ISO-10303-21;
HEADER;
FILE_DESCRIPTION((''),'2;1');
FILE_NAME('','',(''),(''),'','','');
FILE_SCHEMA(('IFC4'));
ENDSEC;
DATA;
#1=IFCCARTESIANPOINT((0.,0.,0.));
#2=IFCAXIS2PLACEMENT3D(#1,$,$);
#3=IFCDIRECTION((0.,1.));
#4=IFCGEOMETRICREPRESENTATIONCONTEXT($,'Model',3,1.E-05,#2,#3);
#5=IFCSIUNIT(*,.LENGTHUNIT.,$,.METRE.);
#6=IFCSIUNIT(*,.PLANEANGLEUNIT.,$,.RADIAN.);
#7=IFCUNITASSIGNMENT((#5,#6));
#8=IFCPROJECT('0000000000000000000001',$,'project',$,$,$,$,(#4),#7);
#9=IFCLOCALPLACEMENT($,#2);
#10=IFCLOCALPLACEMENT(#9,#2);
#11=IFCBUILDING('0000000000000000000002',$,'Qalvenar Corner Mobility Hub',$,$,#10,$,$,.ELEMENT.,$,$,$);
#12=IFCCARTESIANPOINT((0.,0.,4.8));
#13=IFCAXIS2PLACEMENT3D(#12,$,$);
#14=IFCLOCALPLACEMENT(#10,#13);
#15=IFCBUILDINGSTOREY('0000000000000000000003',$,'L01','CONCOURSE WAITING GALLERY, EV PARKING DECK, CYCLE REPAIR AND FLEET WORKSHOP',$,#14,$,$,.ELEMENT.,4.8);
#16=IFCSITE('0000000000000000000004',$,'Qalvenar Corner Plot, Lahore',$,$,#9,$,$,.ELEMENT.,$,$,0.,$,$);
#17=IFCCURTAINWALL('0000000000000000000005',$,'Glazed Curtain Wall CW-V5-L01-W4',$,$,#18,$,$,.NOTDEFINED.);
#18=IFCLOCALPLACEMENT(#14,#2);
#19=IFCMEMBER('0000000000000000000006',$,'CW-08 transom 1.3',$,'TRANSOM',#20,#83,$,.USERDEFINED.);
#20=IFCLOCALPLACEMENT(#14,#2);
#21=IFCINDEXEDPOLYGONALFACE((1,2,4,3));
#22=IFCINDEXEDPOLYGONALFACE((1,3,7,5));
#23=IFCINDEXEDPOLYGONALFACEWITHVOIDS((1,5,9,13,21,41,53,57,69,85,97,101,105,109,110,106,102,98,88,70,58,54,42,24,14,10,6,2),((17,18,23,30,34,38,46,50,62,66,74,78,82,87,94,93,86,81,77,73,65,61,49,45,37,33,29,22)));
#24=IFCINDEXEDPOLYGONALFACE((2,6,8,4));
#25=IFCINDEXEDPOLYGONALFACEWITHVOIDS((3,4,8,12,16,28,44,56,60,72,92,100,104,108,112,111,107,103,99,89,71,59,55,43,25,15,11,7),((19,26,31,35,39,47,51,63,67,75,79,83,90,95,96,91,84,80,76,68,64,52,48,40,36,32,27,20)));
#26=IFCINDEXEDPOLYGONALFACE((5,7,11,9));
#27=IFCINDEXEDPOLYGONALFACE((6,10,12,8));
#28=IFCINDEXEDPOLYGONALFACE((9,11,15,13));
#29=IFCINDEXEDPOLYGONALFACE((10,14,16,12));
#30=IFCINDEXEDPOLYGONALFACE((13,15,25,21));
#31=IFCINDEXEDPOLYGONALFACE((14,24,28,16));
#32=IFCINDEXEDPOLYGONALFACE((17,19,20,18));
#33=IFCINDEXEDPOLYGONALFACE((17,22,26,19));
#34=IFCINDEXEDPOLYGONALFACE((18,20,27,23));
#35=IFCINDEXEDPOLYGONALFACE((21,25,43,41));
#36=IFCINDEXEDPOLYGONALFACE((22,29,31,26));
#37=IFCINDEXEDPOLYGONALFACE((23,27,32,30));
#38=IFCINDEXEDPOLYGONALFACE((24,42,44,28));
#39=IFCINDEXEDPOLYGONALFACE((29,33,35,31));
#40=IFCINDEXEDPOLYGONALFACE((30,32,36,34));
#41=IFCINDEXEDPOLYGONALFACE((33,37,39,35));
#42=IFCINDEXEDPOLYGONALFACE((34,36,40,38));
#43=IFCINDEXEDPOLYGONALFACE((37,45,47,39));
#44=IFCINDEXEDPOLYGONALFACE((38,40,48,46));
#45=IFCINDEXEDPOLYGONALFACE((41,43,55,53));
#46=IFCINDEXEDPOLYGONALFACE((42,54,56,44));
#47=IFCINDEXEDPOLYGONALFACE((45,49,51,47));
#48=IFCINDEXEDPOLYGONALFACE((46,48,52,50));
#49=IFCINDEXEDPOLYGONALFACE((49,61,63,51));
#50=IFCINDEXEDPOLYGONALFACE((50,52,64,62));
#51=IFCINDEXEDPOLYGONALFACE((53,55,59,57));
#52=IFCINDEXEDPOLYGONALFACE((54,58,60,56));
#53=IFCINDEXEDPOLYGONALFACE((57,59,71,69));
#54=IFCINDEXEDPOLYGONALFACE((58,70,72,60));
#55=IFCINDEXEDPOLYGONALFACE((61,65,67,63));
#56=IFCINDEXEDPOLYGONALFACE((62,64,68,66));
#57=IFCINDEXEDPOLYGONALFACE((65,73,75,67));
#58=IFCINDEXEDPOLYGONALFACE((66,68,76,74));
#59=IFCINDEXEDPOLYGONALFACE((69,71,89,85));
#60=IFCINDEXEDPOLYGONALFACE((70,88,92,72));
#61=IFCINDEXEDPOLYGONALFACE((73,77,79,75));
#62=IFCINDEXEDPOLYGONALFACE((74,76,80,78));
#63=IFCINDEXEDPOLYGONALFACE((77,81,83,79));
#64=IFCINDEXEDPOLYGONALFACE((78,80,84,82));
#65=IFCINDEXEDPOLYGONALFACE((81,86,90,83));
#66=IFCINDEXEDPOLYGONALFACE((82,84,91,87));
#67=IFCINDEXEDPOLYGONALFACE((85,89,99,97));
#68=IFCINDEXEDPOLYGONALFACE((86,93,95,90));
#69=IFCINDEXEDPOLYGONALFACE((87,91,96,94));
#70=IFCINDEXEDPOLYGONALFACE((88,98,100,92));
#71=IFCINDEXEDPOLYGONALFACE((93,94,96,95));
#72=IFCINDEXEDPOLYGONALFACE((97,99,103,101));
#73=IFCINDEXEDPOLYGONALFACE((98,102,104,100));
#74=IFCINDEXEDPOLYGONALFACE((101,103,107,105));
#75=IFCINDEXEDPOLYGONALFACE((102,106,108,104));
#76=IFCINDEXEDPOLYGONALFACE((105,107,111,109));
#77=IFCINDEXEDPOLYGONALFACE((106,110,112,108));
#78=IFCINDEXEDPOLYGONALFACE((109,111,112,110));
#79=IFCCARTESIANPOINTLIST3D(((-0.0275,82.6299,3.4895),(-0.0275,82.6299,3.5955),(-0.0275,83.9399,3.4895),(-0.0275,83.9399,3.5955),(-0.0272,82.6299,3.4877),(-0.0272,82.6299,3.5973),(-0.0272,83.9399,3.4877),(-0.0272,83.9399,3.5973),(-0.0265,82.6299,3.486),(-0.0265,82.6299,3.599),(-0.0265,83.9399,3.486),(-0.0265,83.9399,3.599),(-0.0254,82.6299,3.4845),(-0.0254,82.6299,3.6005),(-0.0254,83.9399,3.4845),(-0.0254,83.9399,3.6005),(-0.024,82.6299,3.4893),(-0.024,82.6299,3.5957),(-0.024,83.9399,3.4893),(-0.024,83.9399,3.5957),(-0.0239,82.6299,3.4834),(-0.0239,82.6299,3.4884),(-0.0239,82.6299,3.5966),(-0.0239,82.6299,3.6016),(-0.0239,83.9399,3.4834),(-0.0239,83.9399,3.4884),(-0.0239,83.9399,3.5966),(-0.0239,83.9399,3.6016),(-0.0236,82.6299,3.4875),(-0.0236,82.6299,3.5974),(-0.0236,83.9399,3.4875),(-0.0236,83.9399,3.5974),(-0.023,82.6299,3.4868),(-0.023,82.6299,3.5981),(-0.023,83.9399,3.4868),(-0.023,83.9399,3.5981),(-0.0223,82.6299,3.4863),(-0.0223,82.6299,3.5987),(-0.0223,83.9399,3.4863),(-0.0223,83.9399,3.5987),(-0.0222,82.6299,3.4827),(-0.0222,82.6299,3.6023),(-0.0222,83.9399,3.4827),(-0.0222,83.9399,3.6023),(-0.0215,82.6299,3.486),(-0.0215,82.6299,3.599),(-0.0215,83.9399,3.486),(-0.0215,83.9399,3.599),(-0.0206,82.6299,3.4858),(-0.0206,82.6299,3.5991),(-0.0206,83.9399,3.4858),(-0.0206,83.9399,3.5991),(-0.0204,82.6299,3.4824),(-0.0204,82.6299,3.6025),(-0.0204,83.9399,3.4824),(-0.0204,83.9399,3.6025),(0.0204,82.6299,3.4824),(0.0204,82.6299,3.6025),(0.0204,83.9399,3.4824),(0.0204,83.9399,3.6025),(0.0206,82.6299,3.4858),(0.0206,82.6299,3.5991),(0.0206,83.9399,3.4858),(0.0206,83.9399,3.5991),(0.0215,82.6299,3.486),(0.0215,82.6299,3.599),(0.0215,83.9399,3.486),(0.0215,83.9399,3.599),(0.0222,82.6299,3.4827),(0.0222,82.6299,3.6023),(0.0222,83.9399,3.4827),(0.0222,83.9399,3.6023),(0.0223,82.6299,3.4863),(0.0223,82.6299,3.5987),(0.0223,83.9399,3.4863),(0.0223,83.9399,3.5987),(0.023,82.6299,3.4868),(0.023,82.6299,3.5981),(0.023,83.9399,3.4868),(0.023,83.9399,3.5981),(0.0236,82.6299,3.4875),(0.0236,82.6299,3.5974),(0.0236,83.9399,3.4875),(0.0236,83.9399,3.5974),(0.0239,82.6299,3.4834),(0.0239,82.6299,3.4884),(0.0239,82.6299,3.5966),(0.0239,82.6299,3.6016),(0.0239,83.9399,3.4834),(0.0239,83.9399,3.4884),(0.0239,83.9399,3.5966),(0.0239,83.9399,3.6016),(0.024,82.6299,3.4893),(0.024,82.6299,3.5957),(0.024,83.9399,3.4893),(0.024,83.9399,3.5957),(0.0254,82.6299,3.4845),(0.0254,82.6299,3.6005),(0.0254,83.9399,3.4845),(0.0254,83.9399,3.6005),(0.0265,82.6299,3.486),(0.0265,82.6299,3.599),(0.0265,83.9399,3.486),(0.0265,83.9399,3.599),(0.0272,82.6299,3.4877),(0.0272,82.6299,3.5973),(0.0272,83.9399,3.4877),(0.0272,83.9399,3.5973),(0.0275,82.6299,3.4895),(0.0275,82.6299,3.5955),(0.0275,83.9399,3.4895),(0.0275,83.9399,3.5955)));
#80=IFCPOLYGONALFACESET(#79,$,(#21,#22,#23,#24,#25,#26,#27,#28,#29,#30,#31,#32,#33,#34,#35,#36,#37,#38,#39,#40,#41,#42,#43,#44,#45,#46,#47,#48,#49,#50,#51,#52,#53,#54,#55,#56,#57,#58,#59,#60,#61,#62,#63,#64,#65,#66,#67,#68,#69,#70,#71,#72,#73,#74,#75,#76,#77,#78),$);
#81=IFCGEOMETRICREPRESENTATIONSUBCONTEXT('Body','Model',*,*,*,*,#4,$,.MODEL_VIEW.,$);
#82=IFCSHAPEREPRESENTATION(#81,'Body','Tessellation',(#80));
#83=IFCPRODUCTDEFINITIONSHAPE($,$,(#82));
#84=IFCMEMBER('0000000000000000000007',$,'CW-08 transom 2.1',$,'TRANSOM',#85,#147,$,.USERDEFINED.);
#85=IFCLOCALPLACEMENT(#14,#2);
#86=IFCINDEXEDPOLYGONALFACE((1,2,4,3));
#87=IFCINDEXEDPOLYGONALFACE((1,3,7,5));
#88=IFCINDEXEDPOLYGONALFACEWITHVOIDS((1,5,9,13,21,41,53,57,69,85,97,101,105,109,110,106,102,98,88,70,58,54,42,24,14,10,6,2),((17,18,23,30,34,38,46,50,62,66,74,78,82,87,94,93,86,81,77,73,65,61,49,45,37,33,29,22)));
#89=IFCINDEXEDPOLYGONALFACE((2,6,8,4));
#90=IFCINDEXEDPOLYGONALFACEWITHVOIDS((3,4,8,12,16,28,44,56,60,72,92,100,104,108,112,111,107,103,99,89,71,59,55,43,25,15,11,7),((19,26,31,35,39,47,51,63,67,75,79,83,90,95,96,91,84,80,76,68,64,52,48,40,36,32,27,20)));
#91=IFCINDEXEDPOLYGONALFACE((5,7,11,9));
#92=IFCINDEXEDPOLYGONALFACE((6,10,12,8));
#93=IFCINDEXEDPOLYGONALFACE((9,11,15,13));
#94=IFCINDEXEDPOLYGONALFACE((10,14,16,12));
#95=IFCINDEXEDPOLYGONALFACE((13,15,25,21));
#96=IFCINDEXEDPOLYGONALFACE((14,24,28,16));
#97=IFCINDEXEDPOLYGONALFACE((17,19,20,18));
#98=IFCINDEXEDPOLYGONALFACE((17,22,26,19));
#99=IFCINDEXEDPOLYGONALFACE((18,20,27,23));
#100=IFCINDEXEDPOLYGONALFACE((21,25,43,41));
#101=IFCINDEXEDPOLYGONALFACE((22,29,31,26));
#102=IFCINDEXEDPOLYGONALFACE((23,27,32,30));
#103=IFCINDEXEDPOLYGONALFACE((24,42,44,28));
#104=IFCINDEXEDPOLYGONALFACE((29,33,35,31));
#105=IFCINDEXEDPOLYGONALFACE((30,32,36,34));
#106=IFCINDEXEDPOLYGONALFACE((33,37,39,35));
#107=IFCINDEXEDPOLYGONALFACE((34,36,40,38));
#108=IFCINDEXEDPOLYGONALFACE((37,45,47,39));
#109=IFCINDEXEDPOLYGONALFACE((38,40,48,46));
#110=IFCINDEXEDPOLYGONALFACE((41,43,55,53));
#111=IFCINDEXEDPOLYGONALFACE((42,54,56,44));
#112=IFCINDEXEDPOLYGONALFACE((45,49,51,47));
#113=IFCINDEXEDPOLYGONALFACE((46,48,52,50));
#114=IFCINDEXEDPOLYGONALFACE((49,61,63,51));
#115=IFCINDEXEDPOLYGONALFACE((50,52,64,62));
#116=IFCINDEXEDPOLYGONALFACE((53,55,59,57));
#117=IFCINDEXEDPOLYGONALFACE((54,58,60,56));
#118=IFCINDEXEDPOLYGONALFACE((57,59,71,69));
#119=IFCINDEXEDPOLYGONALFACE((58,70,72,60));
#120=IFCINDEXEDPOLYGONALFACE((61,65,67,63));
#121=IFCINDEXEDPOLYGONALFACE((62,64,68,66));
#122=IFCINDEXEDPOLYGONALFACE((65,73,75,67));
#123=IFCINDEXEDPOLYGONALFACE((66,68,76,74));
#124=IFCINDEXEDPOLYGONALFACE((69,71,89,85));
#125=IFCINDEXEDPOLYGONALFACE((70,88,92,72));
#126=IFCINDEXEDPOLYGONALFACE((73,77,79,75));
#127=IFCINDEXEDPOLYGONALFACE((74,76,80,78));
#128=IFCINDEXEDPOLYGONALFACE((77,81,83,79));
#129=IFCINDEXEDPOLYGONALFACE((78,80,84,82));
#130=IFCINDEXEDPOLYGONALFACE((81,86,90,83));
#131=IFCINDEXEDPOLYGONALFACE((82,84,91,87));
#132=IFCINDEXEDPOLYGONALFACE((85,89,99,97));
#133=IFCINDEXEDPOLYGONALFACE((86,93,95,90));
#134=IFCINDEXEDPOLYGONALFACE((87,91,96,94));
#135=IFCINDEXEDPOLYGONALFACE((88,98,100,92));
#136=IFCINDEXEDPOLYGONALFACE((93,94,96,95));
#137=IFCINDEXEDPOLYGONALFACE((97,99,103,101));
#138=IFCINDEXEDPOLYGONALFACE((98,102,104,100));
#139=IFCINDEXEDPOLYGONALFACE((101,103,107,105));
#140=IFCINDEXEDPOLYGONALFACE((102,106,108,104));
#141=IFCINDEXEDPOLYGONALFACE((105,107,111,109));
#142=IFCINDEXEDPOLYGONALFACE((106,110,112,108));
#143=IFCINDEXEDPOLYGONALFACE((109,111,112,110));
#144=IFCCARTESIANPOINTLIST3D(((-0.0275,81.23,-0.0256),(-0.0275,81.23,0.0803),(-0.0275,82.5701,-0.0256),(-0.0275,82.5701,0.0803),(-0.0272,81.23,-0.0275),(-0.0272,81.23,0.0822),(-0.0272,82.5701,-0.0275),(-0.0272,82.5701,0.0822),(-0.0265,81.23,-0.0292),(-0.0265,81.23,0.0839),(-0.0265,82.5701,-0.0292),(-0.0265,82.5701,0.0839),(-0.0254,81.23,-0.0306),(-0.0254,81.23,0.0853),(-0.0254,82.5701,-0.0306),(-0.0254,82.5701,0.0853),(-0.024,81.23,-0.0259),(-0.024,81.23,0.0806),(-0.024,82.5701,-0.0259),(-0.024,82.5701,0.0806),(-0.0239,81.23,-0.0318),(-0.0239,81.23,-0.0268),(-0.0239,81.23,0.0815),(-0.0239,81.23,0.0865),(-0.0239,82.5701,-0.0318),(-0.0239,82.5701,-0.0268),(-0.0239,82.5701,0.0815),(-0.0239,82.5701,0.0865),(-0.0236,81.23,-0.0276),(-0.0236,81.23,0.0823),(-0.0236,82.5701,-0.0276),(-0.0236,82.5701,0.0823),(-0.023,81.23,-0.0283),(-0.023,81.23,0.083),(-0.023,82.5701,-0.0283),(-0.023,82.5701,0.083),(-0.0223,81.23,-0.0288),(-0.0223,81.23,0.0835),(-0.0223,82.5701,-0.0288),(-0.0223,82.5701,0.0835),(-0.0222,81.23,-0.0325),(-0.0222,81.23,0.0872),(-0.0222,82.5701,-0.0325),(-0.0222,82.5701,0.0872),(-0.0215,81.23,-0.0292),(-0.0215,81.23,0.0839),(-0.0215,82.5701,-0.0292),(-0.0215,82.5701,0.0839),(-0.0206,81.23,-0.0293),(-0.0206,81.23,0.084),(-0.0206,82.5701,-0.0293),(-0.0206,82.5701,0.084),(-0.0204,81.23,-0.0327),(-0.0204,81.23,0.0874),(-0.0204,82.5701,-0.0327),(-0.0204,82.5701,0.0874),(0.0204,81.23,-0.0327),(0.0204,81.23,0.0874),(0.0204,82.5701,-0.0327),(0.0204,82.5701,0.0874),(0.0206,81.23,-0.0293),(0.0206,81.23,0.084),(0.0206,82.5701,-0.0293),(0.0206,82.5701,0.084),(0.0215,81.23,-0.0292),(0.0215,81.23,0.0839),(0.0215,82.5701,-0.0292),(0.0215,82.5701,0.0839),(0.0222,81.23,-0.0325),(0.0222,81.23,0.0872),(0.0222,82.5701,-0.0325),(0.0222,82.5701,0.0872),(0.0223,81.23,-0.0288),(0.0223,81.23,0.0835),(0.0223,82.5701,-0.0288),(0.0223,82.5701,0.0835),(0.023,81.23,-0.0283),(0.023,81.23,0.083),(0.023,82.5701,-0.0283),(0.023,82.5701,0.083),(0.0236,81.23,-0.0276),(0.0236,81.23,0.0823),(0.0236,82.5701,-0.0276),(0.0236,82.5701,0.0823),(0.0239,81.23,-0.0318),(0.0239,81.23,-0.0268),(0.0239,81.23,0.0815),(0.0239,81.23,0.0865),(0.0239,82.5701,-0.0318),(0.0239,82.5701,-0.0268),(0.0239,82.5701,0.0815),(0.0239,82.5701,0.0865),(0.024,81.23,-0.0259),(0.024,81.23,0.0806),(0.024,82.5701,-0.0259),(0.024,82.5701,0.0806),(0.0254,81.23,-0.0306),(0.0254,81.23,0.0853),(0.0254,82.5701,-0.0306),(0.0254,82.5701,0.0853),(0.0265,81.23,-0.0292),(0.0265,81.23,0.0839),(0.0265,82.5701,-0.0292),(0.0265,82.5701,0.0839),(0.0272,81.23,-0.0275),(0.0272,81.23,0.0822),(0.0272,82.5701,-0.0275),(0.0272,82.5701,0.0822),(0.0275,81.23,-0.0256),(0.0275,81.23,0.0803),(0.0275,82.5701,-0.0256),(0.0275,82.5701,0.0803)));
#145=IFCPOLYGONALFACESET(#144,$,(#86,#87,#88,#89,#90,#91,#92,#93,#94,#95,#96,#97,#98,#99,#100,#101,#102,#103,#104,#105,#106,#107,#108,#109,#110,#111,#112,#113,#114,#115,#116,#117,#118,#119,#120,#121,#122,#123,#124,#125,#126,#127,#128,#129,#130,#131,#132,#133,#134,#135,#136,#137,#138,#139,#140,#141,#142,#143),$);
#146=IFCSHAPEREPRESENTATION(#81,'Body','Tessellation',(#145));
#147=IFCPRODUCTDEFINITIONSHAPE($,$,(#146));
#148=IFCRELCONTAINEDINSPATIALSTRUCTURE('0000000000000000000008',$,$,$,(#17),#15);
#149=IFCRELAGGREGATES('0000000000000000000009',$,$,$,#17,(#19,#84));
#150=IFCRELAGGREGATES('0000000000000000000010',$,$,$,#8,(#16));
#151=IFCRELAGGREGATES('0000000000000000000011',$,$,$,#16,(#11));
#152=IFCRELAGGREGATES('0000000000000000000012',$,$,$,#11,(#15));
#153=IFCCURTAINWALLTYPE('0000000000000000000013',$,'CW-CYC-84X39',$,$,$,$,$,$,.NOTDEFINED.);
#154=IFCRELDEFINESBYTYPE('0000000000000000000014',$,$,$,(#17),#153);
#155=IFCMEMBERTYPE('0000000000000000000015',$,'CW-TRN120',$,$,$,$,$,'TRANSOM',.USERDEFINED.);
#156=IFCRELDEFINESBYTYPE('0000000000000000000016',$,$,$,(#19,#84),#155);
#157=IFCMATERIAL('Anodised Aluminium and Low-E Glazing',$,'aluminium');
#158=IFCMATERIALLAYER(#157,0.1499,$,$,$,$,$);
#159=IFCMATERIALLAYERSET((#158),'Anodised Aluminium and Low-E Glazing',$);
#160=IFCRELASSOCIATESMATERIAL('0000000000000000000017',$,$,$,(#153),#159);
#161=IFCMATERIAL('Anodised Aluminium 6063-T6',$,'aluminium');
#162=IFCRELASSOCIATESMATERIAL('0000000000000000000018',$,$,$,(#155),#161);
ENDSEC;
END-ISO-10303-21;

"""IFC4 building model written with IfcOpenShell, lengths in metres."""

from ifc_helpers import new_model, si_unit, direction, frame, origin, origin_2d, place, context, subcontext, project, spatial, hollow_rectangle, extrude, material, layer, layer_set, material_profile, profile_set, type_object, element, aggregate, save


model = new_model("IFC4")

# Units and contexts
model_context = context("Model", 3, precision=1e-05, world=origin(), true_north=direction((0.0, 1.0)))
body_context = subcontext(model_context, "Body", "Model", "MODEL_VIEW")
ifc_project = project(units=[si_unit("LENGTHUNIT", "METRE"), si_unit("PLANEANGLEUNIT", "RADIAN")], contexts=[model_context])

# Site, building, storey
site_placement = place(None, origin())
site = spatial("IfcSite", under=ifc_project, at=site_placement, Name="Qalvenar Corner Plot, Lahore", CompositionType="ELEMENT", RefElevation=0.0)
building_placement = place(site_placement, origin())
building = spatial("IfcBuilding", under=site, at=building_placement, Name="Qalvenar Corner Mobility Hub", CompositionType="ELEMENT")
storey_placement = place(building_placement, frame((0.0, 0.0, 4.8)))
storey = spatial("IfcBuildingStorey", under=building, at=storey_placement, Name="L01", Description="CONCOURSE WAITING GALLERY, EV PARKING DECK, CYCLE REPAIR AND FLEET WORKSHOP", CompositionType="ELEMENT", Elevation=4.8)

# Curtain wall
ifc_material_1 = material(Name="Anodised Aluminium and Low-E Glazing", Category="aluminium")
ifc_layer_1 = layer(ifc_material_1, 0.1499)
ifc_layer_set_1 = layer_set([ifc_layer_1], Name="Anodised Aluminium and Low-E Glazing")
curtain_wall_type = type_object("IfcCurtainWallType", Name="CW-CYC-84X39", PredefinedType="NOTDEFINED", material=ifc_layer_set_1)
curtain_wall_1_placement = place(storey_placement, origin())
curtain_wall_1 = element("IfcCurtainWall", 1, at=curtain_wall_1_placement, inside=storey, type_object=curtain_wall_type, Name="Glazed Curtain Wall CW-V5-L01-W4", PredefinedType="NOTDEFINED")
ifc_material_2 = material(Name="Anodised Aluminium 6063-T6", Category="aluminium")

# Members
ifc_material_profile_1 = material_profile(ifc_material_2, hollow_rectangle(XDim=0.0549, YDim=0.1201, WallThickness=0.0034, InnerFilletRadius=0.0034, OuterFilletRadius=0.0071, at=origin_2d()), Name="RHS120x55x3.5")
ifc_profile_set_1 = profile_set([ifc_material_profile_1], Name="Anodised Aluminium 6063-T6")
member_type_1 = type_object("IfcMemberType", Name="CW-TRN120", ElementType="TRANSOM", PredefinedType="USERDEFINED", material=ifc_profile_set_1)
member_1_placement = place(storey_placement, frame((0.0, 83.9399, 3.5425), z_axis=(0.0, -1.0, 0.0), x_axis=(1.0, 0.0, 0.0)))
member_1 = element("IfcMember", 2, at=member_1_placement, type_object=member_type_1, Name="CW-08 transom 1.3", ObjectType="TRANSOM", PredefinedType="USERDEFINED", context=body_context, shape_type="SweptSolid", body=[
    extrude(hollow_rectangle(XDim=0.0549, YDim=0.1201, WallThickness=0.0034, InnerFilletRadius=0.0034, OuterFilletRadius=0.0071, at=origin_2d()), origin(), (0.0, 0.0, 1.0), 1.3101),
])
member_2_placement = place(storey_placement, frame((0.0, 82.5701, 0.0273), z_axis=(0.0, -1.0, 0.0), x_axis=(1.0, 0.0, 0.0)))
member_2 = element("IfcMember", 3, at=member_2_placement, type_object=member_type_1, Name="CW-08 transom 2.1", ObjectType="TRANSOM", PredefinedType="USERDEFINED", context=body_context, shape_type="SweptSolid", body=[
    extrude(hollow_rectangle(XDim=0.0549, YDim=0.1201, WallThickness=0.0034, InnerFilletRadius=0.0034, OuterFilletRadius=0.0071, at=origin_2d()), origin(), (0.0, 0.0, 1.0), 1.3401),
])

aggregate(curtain_wall_1, [member_1, member_2])

save(model, "model.ifc")
